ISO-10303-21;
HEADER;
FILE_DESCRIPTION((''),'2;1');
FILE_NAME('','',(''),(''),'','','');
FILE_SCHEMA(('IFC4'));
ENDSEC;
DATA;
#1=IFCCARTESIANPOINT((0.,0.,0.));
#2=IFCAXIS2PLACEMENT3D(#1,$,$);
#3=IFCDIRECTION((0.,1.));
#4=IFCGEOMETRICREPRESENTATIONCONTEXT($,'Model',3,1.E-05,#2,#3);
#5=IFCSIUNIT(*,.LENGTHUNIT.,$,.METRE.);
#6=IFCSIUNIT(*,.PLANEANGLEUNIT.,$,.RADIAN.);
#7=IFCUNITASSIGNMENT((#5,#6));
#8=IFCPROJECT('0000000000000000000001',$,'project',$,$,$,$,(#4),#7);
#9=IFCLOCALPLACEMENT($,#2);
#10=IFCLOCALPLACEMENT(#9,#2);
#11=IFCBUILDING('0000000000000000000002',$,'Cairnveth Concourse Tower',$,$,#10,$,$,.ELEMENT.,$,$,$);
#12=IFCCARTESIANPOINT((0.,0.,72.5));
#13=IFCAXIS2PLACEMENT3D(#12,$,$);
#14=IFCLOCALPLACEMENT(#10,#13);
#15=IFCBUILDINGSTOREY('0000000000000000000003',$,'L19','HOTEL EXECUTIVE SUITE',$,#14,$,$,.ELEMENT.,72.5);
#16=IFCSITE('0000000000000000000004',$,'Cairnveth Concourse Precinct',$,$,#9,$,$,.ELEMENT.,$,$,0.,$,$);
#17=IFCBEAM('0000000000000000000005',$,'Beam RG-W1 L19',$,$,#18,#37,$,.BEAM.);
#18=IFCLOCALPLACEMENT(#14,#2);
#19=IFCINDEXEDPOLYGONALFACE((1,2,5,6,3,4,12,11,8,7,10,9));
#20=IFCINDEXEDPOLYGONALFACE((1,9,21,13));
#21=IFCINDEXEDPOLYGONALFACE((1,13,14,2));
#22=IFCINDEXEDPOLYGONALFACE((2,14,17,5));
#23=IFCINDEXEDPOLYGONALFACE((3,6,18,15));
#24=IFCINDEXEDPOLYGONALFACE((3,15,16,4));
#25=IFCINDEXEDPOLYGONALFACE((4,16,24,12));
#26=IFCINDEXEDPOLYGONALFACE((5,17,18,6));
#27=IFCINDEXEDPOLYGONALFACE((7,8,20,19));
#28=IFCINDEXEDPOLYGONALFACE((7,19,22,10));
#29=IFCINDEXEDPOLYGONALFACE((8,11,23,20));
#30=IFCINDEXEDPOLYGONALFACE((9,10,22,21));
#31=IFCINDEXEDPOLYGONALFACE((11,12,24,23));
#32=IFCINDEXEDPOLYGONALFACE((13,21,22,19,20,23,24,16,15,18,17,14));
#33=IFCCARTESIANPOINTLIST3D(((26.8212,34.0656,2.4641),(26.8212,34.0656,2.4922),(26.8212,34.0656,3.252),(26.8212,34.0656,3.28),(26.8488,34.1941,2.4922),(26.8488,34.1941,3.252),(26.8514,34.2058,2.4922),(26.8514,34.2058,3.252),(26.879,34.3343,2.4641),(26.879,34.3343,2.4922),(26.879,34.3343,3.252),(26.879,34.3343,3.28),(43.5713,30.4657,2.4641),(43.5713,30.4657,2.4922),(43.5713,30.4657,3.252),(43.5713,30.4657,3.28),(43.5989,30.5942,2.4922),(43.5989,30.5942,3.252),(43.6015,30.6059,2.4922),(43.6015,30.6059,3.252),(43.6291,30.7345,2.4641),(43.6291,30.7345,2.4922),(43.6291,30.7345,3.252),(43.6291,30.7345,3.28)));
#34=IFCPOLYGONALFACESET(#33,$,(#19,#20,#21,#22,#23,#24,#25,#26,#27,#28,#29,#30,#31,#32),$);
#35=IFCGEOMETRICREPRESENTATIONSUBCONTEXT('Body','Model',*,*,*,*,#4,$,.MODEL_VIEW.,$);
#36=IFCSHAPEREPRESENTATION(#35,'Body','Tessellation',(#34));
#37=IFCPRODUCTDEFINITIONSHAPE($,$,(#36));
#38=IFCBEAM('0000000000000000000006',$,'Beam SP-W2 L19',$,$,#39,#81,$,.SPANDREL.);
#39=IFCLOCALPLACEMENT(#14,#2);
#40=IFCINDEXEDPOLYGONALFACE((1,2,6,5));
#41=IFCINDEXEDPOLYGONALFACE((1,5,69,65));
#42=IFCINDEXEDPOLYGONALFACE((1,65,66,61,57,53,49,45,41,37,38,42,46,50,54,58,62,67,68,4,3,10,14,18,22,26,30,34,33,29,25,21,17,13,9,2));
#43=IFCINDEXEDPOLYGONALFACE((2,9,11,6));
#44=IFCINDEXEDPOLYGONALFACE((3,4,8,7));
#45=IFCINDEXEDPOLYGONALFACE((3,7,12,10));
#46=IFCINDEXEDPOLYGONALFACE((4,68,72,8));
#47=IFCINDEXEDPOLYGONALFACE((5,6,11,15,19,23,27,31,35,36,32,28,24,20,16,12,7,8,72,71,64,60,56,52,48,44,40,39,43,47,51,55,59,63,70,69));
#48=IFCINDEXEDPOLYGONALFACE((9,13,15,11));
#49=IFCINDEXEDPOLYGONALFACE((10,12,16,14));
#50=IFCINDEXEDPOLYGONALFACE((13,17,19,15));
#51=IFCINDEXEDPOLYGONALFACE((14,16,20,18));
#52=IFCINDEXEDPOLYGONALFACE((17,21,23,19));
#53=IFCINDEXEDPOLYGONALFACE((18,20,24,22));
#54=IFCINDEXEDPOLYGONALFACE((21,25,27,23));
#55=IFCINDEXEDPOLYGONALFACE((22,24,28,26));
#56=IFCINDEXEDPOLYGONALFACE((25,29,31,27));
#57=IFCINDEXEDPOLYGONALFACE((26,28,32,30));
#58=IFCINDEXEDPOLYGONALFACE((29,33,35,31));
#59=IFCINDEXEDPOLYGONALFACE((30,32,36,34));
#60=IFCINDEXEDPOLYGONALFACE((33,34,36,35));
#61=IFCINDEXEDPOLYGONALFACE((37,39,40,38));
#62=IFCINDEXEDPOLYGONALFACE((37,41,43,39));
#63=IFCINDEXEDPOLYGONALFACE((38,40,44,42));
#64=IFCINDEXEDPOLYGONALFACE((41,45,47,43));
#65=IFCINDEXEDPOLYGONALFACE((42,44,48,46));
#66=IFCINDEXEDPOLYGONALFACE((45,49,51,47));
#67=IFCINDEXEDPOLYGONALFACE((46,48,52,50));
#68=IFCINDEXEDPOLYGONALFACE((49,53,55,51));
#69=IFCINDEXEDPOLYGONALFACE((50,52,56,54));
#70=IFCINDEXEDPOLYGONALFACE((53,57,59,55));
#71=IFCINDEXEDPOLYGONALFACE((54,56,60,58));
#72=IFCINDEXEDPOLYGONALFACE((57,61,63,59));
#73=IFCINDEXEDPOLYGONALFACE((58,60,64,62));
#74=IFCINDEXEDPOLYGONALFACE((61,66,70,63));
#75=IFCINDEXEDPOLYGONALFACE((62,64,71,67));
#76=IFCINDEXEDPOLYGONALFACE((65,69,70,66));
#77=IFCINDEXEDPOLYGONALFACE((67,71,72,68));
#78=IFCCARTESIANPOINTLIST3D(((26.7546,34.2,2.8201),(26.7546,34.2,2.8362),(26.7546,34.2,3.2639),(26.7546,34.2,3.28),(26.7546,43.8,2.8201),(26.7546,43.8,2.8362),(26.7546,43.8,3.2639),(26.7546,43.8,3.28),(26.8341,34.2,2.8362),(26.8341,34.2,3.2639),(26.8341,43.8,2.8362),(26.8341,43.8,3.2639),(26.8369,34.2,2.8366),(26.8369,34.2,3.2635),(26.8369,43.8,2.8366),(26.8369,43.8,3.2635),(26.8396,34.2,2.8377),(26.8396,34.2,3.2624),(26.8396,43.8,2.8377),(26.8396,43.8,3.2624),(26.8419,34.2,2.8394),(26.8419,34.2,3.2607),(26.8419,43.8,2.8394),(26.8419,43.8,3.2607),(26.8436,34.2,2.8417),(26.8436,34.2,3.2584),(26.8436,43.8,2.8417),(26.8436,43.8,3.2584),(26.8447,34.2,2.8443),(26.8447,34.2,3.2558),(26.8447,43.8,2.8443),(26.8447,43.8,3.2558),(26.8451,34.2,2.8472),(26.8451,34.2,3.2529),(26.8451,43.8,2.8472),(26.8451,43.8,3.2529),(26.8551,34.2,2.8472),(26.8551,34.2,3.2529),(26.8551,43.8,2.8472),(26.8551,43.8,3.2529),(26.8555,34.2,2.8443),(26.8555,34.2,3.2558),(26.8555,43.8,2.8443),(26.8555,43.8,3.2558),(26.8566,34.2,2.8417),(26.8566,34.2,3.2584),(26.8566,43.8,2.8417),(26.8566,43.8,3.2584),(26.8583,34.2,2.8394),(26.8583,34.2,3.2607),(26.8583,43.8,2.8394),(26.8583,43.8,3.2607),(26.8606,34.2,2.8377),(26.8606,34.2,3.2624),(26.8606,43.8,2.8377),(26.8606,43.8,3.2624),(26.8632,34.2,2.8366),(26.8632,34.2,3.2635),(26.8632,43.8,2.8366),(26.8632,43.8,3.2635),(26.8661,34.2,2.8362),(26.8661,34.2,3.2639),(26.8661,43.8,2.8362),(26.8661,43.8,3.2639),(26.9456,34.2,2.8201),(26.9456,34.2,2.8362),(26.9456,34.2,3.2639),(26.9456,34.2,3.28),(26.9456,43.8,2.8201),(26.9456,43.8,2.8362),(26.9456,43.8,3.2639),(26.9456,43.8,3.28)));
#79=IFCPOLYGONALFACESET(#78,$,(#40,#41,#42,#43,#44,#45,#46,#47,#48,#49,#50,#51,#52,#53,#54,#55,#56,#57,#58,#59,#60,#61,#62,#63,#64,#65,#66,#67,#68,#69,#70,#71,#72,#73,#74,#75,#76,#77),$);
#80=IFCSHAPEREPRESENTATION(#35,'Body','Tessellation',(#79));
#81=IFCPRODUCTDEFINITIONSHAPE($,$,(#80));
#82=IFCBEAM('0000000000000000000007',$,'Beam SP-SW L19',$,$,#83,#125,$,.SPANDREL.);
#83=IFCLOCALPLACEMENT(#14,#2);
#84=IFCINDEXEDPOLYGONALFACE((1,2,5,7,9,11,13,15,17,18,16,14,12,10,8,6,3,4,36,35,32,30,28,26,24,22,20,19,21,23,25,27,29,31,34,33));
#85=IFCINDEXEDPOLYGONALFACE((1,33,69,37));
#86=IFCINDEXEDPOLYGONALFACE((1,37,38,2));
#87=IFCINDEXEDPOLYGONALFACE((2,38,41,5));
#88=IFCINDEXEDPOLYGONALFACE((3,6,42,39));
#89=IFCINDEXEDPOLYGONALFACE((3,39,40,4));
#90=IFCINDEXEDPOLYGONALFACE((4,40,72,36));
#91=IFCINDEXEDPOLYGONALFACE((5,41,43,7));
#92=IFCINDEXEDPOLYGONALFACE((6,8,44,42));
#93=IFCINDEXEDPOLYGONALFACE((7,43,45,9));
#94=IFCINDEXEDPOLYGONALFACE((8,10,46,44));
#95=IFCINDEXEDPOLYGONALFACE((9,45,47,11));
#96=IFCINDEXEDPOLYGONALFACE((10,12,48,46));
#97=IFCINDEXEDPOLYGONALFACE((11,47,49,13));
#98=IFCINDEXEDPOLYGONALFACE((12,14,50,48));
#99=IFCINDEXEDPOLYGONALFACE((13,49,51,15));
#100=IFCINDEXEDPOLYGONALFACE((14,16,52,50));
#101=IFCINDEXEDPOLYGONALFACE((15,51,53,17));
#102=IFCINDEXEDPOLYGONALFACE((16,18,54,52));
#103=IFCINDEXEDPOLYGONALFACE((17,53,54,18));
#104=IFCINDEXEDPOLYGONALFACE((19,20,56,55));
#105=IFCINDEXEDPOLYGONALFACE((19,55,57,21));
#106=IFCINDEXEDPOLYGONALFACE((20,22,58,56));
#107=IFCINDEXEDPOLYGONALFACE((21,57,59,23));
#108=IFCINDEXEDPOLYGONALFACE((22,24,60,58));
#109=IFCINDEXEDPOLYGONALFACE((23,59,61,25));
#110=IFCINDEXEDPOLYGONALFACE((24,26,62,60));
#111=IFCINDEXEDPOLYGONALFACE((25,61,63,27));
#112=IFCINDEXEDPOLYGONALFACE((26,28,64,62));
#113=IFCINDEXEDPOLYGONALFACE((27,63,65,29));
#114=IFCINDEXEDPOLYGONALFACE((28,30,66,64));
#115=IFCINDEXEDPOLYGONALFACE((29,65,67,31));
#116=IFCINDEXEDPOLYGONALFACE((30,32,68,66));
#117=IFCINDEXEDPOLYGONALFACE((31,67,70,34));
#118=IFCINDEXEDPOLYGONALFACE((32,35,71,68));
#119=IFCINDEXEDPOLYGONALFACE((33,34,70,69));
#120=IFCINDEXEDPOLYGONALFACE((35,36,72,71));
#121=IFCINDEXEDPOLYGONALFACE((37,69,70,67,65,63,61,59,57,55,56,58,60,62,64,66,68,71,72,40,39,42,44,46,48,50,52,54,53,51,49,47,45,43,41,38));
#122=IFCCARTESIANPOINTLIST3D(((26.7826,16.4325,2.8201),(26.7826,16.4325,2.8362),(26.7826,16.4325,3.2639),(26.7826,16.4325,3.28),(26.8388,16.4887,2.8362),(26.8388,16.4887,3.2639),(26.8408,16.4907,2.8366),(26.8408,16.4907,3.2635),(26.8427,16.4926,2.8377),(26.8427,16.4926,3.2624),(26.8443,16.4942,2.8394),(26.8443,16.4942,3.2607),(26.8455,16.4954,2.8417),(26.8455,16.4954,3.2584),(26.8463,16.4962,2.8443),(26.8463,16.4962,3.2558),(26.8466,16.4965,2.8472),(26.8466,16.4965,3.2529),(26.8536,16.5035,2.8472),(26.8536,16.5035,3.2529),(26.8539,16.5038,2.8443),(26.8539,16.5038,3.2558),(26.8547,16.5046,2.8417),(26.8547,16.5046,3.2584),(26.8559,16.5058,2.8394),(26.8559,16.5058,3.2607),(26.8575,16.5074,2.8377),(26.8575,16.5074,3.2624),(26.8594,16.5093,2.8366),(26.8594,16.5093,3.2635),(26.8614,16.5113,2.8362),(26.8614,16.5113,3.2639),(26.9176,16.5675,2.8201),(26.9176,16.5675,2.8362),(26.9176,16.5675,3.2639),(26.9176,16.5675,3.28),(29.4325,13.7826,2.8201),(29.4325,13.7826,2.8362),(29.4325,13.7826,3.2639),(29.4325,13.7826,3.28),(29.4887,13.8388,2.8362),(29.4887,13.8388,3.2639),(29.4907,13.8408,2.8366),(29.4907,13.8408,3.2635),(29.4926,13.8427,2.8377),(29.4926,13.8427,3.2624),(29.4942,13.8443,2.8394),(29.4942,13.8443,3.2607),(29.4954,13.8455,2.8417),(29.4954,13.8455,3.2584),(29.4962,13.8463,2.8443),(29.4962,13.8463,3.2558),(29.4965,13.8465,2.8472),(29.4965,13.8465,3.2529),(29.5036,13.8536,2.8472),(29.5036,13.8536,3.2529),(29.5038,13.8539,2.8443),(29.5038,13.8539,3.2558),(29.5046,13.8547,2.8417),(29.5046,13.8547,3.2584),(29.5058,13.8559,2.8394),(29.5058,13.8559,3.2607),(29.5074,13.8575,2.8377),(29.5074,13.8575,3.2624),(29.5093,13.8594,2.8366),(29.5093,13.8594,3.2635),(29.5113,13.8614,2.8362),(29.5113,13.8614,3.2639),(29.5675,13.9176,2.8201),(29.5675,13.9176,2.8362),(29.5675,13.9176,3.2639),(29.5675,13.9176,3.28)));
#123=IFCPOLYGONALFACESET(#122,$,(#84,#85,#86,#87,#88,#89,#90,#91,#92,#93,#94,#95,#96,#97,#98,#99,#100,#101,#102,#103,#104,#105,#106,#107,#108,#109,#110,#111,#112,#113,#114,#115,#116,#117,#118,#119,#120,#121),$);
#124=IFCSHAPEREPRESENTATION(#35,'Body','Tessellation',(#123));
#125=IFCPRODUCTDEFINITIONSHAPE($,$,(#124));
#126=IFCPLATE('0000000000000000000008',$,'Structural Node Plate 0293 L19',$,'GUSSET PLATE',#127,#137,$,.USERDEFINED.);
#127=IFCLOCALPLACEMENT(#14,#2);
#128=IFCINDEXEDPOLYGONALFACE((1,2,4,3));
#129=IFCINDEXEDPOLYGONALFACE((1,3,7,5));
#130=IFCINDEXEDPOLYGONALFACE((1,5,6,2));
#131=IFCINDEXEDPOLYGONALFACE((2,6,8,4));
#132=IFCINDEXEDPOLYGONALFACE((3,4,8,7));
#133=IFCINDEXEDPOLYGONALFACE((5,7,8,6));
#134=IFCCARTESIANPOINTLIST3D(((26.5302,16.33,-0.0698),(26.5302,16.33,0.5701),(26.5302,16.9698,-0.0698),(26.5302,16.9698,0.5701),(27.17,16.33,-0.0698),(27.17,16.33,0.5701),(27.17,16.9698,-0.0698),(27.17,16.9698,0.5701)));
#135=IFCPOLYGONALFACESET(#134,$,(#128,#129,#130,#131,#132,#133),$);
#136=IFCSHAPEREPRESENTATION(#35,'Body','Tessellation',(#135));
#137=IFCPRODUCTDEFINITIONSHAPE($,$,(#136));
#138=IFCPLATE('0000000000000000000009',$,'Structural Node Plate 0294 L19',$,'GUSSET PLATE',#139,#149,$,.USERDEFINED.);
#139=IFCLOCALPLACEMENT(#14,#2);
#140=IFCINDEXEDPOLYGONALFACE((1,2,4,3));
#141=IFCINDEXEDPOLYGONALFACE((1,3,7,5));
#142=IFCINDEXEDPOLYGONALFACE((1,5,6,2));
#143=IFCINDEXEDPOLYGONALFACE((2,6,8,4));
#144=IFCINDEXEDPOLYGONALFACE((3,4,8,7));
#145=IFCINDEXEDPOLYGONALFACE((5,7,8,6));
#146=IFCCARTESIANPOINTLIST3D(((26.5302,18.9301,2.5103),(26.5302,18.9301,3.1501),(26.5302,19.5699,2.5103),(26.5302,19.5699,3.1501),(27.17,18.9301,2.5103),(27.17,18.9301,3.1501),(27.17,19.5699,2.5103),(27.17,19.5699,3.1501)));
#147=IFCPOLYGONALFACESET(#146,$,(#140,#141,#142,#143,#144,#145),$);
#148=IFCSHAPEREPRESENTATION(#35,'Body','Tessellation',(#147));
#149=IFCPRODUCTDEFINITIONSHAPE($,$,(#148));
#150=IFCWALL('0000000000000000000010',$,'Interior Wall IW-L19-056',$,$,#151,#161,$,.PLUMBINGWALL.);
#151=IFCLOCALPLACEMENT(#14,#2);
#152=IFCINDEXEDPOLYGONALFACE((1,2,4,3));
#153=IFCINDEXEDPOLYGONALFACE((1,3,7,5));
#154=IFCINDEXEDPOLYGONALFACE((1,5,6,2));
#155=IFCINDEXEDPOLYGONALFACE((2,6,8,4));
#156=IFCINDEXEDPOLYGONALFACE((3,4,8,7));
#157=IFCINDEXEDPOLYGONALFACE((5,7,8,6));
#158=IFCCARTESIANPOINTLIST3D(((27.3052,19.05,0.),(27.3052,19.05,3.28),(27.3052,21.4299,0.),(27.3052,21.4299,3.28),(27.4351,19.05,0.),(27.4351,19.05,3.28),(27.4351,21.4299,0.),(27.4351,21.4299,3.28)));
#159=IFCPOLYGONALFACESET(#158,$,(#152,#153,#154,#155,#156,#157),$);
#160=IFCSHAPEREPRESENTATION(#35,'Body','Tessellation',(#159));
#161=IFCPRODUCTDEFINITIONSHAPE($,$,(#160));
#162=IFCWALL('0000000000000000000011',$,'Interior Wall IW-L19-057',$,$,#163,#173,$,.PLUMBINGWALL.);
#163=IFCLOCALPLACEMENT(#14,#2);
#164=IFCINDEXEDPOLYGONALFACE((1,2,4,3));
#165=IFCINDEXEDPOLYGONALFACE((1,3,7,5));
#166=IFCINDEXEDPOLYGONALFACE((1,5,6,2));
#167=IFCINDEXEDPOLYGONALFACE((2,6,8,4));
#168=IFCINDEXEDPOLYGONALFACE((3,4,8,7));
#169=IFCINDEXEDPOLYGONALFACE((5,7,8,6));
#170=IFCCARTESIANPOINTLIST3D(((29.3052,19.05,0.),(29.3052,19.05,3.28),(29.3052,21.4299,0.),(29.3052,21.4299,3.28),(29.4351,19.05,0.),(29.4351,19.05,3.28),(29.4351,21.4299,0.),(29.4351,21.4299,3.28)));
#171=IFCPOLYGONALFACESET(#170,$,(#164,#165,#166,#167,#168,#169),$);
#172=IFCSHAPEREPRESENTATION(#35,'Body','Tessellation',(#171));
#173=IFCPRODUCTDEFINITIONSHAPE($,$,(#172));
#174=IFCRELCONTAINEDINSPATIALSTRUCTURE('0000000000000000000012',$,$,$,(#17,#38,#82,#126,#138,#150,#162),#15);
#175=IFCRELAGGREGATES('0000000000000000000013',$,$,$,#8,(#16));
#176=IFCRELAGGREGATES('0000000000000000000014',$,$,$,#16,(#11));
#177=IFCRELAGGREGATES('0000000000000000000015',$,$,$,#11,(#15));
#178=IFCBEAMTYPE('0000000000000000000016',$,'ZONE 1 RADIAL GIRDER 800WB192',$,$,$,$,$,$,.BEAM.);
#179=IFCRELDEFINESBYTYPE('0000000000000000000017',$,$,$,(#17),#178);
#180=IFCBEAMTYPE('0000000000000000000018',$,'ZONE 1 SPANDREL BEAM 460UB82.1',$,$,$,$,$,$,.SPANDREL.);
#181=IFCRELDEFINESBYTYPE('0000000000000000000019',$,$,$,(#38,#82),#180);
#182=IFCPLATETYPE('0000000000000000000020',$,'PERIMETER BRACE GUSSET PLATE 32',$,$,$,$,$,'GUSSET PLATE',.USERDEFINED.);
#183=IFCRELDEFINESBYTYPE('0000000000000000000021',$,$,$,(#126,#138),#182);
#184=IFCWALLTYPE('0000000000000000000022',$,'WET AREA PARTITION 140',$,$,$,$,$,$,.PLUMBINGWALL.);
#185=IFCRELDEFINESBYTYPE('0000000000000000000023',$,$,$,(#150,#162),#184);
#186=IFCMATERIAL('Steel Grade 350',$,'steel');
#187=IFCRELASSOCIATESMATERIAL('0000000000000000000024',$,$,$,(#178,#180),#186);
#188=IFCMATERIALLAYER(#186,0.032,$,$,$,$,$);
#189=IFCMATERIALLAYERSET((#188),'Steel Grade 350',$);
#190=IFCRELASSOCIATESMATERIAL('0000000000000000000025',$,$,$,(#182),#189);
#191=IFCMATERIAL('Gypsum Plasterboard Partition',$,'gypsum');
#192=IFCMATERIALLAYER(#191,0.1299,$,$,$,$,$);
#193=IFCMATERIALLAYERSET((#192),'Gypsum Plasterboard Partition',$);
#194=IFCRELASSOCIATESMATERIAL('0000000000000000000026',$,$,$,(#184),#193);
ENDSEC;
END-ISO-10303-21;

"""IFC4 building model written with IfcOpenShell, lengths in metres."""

from ifc_helpers import new_model, si_unit, direction, frame, frame_2d, origin, origin_2d, place, context, subcontext, project, spatial, rectangle, i_section, extrude, material, layer, layer_set, material_profile, profile_set, type_object, element, save


model = new_model("IFC4")

# Units and contexts
model_context = context("Model", 3, precision=1e-05, world=origin(), true_north=direction((0.0, 1.0)))
body_context = subcontext(model_context, "Body", "Model", "MODEL_VIEW")
ifc_project = project(units=[si_unit("LENGTHUNIT", "METRE"), si_unit("PLANEANGLEUNIT", "RADIAN")], contexts=[model_context])

# Site, building, storey
site_placement = place(None, origin())
site = spatial("IfcSite", under=ifc_project, at=site_placement, Name="Cairnveth Concourse Precinct", CompositionType="ELEMENT", RefElevation=0.0)
building_placement = place(site_placement, origin())
building = spatial("IfcBuilding", under=site, at=building_placement, Name="Cairnveth Concourse Tower", CompositionType="ELEMENT")
storey_placement = place(building_placement, frame((0.0, 0.0, 72.5)))
storey = spatial("IfcBuildingStorey", under=building, at=storey_placement, Name="L19", Description="HOTEL EXECUTIVE SUITE", CompositionType="ELEMENT", Elevation=72.5)

# Shared definitions
ifc_material_1 = material(Name="Steel Grade 350", Category="steel")

# Beams
ifc_material_profile_1 = material_profile(ifc_material_1, i_section(OverallWidth=0.2749, OverallDepth=0.8159, WebThickness=0.012, FlangeThickness=0.0281, at=origin_2d()), Name="800WB192")
ifc_profile_set_1 = profile_set([ifc_material_profile_1], Name="Steel Grade 350")
beam_type_1 = type_object("IfcBeamType", Name="ZONE 1 RADIAL GIRDER 800WB192", PredefinedType="BEAM", material=ifc_profile_set_1)
beam_1_placement = place(storey_placement, frame((26.8501, 34.2, 2.8721), z_axis=(0.977676, -0.210119, 0.0), x_axis=(0.210119, 0.977676, 0.0)))
element("IfcBeam", 1, at=beam_1_placement, inside=storey, type_object=beam_type_1, Name="Beam RG-W1 L19", PredefinedType="BEAM", context=body_context, shape_type="SweptSolid", body=[
    extrude(i_section(OverallWidth=0.2749, OverallDepth=0.8159, WebThickness=0.012, FlangeThickness=0.0281, at=origin_2d()), origin(), (0.0, 0.0, 1.0), 17.1326),
])
ifc_material_profile_2 = material_profile(ifc_material_1, i_section(OverallWidth=0.1909, OverallDepth=0.46, WebThickness=0.01, FlangeThickness=0.0161, FilletRadius=0.011, at=origin_2d()), Name="460UB82.1")
ifc_profile_set_2 = profile_set([ifc_material_profile_2], Name="Steel Grade 350")
beam_type_2 = type_object("IfcBeamType", Name="ZONE 1 SPANDREL BEAM 460UB82.1", PredefinedType="SPANDREL", material=ifc_profile_set_2)
beam_2_placement = place(storey_placement, frame((26.8501, 34.2, 3.05), z_axis=(0.0, 1.0, 0.0), x_axis=(-1.0, 0.0, 0.0)))
element("IfcBeam", 2, at=beam_2_placement, inside=storey, type_object=beam_type_2, Name="Beam SP-W2 L19", PredefinedType="SPANDREL", context=body_context, shape_type="SweptSolid", body=[
    extrude(i_section(OverallWidth=0.1909, OverallDepth=0.46, WebThickness=0.01, FlangeThickness=0.0161, FilletRadius=0.011, at=origin_2d()), origin(), (0.0, 0.0, 1.0), 9.6001),
])
beam_3_placement = place(storey_placement, frame((26.8501, 16.5, 3.05), z_axis=(0.707107, -0.707107, 0.0), x_axis=(0.707107, 0.707107, 0.0)))
element("IfcBeam", 3, at=beam_3_placement, inside=storey, type_object=beam_type_2, Name="Beam SP-SW L19", PredefinedType="SPANDREL", context=body_context, shape_type="SweptSolid", body=[
    extrude(i_section(OverallWidth=0.1909, OverallDepth=0.46, WebThickness=0.01, FlangeThickness=0.0161, FilletRadius=0.011, at=origin_2d()), origin(), (0.0, 0.0, 1.0), 3.7476),
])

# Plates
ifc_layer_1 = layer(ifc_material_1, 0.032)
ifc_layer_set_1 = layer_set([ifc_layer_1], Name="Steel Grade 350")
plate_type = type_object("IfcPlateType", Name="PERIMETER BRACE GUSSET PLATE 32", ElementType="GUSSET PLATE", PredefinedType="USERDEFINED", material=ifc_layer_set_1)
for number, where, z_axis, x_axis, name in (
    (4, (26.8501, 16.6499, -0.0698), (0.0, 0.0, 1.0), (1.0, 0.0, 0.0), "Structural Node Plate 0293 L19"),
    (5, (26.8501, 19.25, 2.5103), (0.0, 0.0, 1.0), (1.0, 0.0, 0.0), "Structural Node Plate 0294 L19"),
):
    element("IfcPlate", number, at=place(storey_placement, frame(where, z_axis=z_axis, x_axis=x_axis)), inside=storey, type_object=plate_type, Name=name, ObjectType="GUSSET PLATE", PredefinedType="USERDEFINED", context=body_context, shape_type="SweptSolid", body=[
        extrude(rectangle(XDim=0.6399, YDim=0.6399, at=origin_2d()), origin(), (0.0, 0.0, 1.0), 0.6399),
    ])

# Walls
ifc_material_2 = material(Name="Gypsum Plasterboard Partition", Category="gypsum")
ifc_layer_2 = layer(ifc_material_2, 0.1299)
ifc_layer_set_2 = layer_set([ifc_layer_2], Name="Gypsum Plasterboard Partition")
wall_type_1 = type_object("IfcWallType", Name="WET AREA PARTITION 140", PredefinedType="PLUMBINGWALL", material=ifc_layer_set_2)
for number, where, z_axis, x_axis, name in (
    (6, (27.3701, 19.05, 0.0), (0.0, 0.0, 1.0), (0.0, 1.0, 0.0), "Interior Wall IW-L19-056"),
    (7, (29.3701, 19.05, 0.0), (0.0, 0.0, 1.0), (0.0, 1.0, 0.0), "Interior Wall IW-L19-057"),
):
    element("IfcWall", number, at=place(storey_placement, frame(where, z_axis=z_axis, x_axis=x_axis)), inside=storey, type_object=wall_type_1, Name=name, PredefinedType="PLUMBINGWALL", context=body_context, shape_type="SweptSolid", body=[
        extrude(rectangle(XDim=2.3799, YDim=0.1299, at=frame_2d((1.1899, 0.0))), origin(), (0.0, 0.0, 1.0), 3.28),
    ])

save(model, "model.ifc")
